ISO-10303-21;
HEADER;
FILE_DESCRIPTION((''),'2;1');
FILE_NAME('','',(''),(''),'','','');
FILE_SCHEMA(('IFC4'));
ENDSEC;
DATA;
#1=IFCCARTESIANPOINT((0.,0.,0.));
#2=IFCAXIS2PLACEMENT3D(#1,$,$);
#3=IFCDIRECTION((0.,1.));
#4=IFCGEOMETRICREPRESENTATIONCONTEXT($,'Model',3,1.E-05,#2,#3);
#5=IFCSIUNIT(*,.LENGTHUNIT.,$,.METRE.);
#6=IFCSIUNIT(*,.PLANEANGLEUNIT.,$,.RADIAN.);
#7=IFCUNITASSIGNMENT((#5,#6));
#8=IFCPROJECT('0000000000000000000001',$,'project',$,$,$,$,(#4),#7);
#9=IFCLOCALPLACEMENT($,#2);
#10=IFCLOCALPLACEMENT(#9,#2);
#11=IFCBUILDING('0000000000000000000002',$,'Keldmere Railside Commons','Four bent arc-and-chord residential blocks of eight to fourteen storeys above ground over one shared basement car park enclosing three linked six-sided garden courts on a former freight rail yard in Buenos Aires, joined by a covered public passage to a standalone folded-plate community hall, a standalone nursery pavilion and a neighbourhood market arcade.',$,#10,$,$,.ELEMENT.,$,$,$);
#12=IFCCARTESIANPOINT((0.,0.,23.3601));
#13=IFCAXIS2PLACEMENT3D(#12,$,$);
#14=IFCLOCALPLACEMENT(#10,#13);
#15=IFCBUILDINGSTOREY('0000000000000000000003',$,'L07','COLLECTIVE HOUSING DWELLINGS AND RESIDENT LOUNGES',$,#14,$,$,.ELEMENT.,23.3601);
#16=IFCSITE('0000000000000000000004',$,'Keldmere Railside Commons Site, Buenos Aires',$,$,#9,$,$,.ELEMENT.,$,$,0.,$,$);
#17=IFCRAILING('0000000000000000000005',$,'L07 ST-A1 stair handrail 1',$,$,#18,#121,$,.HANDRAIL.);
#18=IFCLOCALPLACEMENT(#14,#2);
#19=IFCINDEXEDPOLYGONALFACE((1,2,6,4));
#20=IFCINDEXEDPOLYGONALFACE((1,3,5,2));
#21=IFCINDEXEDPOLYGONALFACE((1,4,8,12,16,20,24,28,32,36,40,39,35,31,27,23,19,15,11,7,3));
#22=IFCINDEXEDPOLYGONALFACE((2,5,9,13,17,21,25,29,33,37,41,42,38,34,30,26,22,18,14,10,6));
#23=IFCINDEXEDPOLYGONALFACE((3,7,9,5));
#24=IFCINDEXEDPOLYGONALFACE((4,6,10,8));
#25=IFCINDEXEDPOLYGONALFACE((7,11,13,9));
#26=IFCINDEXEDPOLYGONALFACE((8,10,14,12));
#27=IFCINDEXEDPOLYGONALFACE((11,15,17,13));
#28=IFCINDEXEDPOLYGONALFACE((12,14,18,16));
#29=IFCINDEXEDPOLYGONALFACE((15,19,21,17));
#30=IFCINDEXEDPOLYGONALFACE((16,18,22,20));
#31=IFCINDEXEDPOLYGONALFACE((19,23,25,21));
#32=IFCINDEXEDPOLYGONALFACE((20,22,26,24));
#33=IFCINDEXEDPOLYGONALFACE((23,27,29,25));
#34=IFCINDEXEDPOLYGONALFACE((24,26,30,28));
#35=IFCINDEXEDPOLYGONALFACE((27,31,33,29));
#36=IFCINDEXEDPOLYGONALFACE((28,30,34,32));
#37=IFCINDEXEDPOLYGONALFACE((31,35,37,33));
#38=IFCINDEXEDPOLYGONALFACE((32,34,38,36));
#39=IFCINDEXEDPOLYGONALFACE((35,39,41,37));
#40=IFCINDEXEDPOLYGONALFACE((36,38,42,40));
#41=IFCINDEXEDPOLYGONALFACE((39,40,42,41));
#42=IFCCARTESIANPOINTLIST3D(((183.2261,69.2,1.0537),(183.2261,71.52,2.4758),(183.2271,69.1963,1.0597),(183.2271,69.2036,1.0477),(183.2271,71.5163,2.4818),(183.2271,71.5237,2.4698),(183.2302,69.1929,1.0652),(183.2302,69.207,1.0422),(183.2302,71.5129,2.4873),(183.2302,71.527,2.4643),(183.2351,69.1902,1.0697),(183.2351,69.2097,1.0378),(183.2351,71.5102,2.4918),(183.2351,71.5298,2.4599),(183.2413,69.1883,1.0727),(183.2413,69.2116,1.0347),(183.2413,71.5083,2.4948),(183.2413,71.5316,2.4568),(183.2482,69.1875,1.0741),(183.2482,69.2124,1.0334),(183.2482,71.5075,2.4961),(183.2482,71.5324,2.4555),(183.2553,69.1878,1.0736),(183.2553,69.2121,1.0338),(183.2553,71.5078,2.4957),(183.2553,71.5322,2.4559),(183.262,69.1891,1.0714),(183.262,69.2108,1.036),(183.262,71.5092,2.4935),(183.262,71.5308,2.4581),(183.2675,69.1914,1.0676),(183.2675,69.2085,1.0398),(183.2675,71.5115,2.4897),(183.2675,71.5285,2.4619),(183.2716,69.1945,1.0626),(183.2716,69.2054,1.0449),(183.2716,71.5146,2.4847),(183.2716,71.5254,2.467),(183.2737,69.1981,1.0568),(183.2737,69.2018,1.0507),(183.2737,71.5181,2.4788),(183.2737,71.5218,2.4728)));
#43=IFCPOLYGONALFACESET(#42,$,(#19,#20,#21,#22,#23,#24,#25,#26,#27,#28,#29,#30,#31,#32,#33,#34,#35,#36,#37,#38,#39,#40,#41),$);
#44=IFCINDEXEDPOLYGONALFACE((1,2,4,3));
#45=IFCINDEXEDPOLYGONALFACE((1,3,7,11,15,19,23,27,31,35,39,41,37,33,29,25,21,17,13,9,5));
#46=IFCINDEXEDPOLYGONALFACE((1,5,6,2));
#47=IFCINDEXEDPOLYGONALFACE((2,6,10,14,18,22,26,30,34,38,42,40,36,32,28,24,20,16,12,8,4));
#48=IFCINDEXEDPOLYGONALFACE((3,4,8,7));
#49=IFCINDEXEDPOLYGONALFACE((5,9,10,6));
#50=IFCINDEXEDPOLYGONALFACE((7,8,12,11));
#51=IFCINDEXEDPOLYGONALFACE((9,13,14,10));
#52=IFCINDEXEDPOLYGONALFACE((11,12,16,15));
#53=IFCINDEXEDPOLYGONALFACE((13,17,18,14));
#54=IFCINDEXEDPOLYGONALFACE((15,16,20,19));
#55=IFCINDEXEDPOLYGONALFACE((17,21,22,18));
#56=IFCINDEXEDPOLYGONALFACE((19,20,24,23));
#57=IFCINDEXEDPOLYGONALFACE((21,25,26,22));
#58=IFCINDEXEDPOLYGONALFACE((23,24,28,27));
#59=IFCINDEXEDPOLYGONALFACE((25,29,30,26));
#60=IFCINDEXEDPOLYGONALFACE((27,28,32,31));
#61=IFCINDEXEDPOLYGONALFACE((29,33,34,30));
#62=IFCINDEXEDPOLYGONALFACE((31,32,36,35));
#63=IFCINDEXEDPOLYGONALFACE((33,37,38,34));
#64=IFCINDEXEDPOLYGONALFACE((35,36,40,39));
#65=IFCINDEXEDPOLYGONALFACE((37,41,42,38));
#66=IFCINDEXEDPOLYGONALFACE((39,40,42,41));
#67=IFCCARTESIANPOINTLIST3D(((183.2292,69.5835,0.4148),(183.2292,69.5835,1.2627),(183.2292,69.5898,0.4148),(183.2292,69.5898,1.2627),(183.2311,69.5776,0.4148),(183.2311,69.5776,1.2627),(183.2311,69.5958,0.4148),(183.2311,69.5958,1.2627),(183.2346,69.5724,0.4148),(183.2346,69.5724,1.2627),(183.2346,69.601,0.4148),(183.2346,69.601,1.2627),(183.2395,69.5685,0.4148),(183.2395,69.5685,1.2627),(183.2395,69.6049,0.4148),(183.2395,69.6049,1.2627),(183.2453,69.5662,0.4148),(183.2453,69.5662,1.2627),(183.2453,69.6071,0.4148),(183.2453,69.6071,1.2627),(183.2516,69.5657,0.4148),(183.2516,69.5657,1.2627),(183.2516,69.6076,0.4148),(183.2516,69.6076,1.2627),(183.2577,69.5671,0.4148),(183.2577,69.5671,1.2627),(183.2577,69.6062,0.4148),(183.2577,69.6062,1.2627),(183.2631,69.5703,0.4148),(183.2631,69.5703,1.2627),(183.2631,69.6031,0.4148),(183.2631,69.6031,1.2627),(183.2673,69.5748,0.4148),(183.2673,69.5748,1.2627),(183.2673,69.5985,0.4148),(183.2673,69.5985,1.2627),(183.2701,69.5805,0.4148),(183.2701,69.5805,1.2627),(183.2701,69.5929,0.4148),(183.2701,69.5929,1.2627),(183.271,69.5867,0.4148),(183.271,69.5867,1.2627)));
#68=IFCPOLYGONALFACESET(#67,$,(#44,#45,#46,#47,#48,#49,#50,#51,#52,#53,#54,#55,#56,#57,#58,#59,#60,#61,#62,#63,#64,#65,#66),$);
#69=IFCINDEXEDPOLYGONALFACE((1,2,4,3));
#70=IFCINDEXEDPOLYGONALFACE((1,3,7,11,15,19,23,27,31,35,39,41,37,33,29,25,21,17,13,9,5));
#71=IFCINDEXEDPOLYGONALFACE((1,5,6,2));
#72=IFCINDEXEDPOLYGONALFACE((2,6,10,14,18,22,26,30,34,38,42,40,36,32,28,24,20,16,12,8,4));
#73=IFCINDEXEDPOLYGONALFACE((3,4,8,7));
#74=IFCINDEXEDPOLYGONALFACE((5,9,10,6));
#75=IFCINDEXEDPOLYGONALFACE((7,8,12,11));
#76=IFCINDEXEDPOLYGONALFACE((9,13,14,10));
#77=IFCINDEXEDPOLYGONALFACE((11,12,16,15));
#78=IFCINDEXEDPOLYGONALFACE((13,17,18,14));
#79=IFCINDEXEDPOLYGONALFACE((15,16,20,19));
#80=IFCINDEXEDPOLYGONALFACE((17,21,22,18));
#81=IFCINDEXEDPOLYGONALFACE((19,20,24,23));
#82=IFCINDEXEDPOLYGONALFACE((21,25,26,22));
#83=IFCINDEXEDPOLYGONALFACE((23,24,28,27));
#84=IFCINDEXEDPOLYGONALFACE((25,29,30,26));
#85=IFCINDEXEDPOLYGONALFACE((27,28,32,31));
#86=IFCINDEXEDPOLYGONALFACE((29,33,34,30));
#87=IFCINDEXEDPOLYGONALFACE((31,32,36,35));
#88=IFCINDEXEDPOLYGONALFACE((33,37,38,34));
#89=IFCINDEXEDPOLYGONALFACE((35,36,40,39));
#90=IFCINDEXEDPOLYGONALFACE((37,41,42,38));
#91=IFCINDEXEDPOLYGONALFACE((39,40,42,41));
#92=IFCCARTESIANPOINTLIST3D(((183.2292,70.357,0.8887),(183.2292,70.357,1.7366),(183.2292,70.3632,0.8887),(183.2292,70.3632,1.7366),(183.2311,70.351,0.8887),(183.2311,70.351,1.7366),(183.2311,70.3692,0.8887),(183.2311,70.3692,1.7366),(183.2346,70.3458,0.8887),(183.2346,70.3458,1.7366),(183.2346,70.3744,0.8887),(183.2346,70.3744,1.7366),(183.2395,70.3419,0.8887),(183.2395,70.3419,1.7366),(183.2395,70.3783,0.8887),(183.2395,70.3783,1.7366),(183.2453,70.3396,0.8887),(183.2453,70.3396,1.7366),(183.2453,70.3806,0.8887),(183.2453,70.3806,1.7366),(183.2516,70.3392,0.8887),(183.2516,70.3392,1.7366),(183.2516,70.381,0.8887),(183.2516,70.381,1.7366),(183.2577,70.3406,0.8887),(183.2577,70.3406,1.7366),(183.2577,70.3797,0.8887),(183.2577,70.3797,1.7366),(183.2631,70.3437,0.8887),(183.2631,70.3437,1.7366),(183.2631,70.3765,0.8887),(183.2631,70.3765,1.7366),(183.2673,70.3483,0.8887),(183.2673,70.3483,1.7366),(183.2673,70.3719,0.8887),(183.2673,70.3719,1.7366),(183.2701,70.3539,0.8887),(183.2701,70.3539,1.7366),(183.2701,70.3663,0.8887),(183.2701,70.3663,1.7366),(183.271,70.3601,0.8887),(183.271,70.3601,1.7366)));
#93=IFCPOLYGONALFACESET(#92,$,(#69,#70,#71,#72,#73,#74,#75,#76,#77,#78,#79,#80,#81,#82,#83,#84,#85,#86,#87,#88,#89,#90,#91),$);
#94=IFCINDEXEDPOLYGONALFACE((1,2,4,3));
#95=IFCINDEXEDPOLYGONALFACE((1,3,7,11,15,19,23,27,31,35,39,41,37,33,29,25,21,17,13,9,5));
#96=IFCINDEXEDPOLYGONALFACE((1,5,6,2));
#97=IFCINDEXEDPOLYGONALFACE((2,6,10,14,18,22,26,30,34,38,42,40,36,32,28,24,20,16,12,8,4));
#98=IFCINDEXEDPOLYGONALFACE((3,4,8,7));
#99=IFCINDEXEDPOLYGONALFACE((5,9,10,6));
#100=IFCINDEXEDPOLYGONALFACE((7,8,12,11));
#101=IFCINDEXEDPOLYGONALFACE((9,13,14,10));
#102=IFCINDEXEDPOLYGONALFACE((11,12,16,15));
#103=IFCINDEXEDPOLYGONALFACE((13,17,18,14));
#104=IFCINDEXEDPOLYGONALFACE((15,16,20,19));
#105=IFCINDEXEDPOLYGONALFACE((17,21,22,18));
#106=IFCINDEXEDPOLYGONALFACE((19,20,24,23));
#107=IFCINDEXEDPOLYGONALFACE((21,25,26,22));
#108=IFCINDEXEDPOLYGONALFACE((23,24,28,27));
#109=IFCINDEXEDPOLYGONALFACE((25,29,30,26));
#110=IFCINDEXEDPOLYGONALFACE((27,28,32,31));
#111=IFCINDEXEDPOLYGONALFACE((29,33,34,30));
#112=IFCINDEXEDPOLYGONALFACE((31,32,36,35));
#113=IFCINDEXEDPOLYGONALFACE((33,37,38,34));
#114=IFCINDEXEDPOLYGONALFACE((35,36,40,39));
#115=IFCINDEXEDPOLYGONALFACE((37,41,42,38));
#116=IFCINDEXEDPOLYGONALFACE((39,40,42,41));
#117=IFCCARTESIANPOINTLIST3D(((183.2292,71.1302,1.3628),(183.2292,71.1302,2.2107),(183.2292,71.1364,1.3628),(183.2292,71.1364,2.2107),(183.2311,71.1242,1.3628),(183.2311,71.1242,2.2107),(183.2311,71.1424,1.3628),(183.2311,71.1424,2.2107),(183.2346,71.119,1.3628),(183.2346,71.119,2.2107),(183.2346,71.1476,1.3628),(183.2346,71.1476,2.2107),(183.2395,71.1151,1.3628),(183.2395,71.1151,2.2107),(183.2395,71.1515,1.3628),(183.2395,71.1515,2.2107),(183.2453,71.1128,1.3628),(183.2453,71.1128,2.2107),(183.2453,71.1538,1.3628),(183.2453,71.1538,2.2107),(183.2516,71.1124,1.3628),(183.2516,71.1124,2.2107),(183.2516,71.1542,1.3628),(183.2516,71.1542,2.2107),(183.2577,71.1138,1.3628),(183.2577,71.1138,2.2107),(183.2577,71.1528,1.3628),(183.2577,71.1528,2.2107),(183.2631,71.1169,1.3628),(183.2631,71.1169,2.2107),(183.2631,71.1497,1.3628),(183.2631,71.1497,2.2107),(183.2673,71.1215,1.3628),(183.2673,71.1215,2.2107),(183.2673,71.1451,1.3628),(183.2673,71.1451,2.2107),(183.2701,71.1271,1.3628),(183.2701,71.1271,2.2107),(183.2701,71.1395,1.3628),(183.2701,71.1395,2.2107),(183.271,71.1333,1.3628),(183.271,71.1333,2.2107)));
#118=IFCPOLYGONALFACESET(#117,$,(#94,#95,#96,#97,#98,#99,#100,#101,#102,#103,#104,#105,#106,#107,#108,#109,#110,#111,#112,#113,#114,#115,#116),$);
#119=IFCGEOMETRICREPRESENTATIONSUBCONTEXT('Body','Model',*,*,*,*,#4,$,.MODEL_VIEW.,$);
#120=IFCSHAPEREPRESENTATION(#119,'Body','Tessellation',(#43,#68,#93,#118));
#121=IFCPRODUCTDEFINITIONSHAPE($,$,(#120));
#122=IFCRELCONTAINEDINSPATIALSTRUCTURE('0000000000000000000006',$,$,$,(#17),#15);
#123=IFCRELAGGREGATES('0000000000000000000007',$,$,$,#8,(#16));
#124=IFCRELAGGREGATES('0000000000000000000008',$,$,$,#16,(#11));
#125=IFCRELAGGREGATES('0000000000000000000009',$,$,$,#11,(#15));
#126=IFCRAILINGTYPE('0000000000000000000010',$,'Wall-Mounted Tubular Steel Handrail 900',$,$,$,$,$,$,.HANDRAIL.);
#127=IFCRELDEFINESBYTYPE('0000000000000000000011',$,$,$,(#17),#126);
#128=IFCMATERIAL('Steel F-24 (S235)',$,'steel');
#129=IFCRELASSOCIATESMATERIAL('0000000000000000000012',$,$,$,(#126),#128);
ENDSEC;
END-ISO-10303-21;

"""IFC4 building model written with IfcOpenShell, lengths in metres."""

from ifc_helpers import new_model, si_unit, direction, frame, origin, origin_2d, place, context, subcontext, project, spatial, circle, extrude, material, type_object, element, save


model = new_model("IFC4")

# Units and contexts
model_context = context("Model", 3, precision=1e-05, world=origin(), true_north=direction((0.0, 1.0)))
body_context = subcontext(model_context, "Body", "Model", "MODEL_VIEW")
ifc_project = project(units=[si_unit("LENGTHUNIT", "METRE"), si_unit("PLANEANGLEUNIT", "RADIAN")], contexts=[model_context])

# Site, building, storey
site_placement = place(None, origin())
site = spatial("IfcSite", under=ifc_project, at=site_placement, Name="Keldmere Railside Commons Site, Buenos Aires", CompositionType="ELEMENT", RefElevation=0.0)
building_placement = place(site_placement, origin())
building = spatial("IfcBuilding", under=site, at=building_placement, Name="Keldmere Railside Commons", Description="Four bent arc-and-chord residential blocks of eight to fourteen storeys above ground over one shared basement car park enclosing three linked six-sided garden courts on a former freight rail yard in Buenos Aires, joined by a covered public passage to a standalone folded-plate community hall, a standalone nursery pavilion and a neighbourhood market arcade.", CompositionType="ELEMENT")
storey_placement = place(building_placement, frame((0.0, 0.0, 23.3601)))
storey = spatial("IfcBuildingStorey", under=building, at=storey_placement, Name="L07", Description="COLLECTIVE HOUSING DWELLINGS AND RESIDENT LOUNGES", CompositionType="ELEMENT", Elevation=23.3601)

# Shared definitions
ifc_material_1 = material(Name="Steel F-24 (S235)", Category="steel")

# Railing
railing_type_1 = type_object("IfcRailingType", Name="Wall-Mounted Tubular Steel Handrail 900", PredefinedType="HANDRAIL", material=ifc_material_1)
railing_1_placement = place(storey_placement, frame((183.25, 69.2, 0.1777)))
element("IfcRailing", 1, at=railing_1_placement, inside=storey, type_object=railing_type_1, Name="L07 ST-A1 stair handrail 1", PredefinedType="HANDRAIL", context=body_context, shape_type="SweptSolid", body=[
    extrude(circle(Radius=0.0239, at=origin_2d()), frame((0.0, 0.0, 0.876), z_axis=(0.0, 0.852578, 0.5226), x_axis=(-1.0, 0.0, 0.0)), (0.0, 0.0, 1.0), 2.7212),
    extrude(circle(Radius=0.021, at=origin_2d()), frame((0.0, 0.3867, 0.2371)), (0.0, 0.0, 1.0), 0.8479),
    extrude(circle(Radius=0.021, at=origin_2d()), frame((0.0, 1.1602, 0.7109)), (0.0, 0.0, 1.0), 0.8479),
    extrude(circle(Radius=0.021, at=origin_2d()), frame((0.0, 1.9333, 1.1851)), (0.0, 0.0, 1.0), 0.8479),
])

save(model, "model.ifc")
